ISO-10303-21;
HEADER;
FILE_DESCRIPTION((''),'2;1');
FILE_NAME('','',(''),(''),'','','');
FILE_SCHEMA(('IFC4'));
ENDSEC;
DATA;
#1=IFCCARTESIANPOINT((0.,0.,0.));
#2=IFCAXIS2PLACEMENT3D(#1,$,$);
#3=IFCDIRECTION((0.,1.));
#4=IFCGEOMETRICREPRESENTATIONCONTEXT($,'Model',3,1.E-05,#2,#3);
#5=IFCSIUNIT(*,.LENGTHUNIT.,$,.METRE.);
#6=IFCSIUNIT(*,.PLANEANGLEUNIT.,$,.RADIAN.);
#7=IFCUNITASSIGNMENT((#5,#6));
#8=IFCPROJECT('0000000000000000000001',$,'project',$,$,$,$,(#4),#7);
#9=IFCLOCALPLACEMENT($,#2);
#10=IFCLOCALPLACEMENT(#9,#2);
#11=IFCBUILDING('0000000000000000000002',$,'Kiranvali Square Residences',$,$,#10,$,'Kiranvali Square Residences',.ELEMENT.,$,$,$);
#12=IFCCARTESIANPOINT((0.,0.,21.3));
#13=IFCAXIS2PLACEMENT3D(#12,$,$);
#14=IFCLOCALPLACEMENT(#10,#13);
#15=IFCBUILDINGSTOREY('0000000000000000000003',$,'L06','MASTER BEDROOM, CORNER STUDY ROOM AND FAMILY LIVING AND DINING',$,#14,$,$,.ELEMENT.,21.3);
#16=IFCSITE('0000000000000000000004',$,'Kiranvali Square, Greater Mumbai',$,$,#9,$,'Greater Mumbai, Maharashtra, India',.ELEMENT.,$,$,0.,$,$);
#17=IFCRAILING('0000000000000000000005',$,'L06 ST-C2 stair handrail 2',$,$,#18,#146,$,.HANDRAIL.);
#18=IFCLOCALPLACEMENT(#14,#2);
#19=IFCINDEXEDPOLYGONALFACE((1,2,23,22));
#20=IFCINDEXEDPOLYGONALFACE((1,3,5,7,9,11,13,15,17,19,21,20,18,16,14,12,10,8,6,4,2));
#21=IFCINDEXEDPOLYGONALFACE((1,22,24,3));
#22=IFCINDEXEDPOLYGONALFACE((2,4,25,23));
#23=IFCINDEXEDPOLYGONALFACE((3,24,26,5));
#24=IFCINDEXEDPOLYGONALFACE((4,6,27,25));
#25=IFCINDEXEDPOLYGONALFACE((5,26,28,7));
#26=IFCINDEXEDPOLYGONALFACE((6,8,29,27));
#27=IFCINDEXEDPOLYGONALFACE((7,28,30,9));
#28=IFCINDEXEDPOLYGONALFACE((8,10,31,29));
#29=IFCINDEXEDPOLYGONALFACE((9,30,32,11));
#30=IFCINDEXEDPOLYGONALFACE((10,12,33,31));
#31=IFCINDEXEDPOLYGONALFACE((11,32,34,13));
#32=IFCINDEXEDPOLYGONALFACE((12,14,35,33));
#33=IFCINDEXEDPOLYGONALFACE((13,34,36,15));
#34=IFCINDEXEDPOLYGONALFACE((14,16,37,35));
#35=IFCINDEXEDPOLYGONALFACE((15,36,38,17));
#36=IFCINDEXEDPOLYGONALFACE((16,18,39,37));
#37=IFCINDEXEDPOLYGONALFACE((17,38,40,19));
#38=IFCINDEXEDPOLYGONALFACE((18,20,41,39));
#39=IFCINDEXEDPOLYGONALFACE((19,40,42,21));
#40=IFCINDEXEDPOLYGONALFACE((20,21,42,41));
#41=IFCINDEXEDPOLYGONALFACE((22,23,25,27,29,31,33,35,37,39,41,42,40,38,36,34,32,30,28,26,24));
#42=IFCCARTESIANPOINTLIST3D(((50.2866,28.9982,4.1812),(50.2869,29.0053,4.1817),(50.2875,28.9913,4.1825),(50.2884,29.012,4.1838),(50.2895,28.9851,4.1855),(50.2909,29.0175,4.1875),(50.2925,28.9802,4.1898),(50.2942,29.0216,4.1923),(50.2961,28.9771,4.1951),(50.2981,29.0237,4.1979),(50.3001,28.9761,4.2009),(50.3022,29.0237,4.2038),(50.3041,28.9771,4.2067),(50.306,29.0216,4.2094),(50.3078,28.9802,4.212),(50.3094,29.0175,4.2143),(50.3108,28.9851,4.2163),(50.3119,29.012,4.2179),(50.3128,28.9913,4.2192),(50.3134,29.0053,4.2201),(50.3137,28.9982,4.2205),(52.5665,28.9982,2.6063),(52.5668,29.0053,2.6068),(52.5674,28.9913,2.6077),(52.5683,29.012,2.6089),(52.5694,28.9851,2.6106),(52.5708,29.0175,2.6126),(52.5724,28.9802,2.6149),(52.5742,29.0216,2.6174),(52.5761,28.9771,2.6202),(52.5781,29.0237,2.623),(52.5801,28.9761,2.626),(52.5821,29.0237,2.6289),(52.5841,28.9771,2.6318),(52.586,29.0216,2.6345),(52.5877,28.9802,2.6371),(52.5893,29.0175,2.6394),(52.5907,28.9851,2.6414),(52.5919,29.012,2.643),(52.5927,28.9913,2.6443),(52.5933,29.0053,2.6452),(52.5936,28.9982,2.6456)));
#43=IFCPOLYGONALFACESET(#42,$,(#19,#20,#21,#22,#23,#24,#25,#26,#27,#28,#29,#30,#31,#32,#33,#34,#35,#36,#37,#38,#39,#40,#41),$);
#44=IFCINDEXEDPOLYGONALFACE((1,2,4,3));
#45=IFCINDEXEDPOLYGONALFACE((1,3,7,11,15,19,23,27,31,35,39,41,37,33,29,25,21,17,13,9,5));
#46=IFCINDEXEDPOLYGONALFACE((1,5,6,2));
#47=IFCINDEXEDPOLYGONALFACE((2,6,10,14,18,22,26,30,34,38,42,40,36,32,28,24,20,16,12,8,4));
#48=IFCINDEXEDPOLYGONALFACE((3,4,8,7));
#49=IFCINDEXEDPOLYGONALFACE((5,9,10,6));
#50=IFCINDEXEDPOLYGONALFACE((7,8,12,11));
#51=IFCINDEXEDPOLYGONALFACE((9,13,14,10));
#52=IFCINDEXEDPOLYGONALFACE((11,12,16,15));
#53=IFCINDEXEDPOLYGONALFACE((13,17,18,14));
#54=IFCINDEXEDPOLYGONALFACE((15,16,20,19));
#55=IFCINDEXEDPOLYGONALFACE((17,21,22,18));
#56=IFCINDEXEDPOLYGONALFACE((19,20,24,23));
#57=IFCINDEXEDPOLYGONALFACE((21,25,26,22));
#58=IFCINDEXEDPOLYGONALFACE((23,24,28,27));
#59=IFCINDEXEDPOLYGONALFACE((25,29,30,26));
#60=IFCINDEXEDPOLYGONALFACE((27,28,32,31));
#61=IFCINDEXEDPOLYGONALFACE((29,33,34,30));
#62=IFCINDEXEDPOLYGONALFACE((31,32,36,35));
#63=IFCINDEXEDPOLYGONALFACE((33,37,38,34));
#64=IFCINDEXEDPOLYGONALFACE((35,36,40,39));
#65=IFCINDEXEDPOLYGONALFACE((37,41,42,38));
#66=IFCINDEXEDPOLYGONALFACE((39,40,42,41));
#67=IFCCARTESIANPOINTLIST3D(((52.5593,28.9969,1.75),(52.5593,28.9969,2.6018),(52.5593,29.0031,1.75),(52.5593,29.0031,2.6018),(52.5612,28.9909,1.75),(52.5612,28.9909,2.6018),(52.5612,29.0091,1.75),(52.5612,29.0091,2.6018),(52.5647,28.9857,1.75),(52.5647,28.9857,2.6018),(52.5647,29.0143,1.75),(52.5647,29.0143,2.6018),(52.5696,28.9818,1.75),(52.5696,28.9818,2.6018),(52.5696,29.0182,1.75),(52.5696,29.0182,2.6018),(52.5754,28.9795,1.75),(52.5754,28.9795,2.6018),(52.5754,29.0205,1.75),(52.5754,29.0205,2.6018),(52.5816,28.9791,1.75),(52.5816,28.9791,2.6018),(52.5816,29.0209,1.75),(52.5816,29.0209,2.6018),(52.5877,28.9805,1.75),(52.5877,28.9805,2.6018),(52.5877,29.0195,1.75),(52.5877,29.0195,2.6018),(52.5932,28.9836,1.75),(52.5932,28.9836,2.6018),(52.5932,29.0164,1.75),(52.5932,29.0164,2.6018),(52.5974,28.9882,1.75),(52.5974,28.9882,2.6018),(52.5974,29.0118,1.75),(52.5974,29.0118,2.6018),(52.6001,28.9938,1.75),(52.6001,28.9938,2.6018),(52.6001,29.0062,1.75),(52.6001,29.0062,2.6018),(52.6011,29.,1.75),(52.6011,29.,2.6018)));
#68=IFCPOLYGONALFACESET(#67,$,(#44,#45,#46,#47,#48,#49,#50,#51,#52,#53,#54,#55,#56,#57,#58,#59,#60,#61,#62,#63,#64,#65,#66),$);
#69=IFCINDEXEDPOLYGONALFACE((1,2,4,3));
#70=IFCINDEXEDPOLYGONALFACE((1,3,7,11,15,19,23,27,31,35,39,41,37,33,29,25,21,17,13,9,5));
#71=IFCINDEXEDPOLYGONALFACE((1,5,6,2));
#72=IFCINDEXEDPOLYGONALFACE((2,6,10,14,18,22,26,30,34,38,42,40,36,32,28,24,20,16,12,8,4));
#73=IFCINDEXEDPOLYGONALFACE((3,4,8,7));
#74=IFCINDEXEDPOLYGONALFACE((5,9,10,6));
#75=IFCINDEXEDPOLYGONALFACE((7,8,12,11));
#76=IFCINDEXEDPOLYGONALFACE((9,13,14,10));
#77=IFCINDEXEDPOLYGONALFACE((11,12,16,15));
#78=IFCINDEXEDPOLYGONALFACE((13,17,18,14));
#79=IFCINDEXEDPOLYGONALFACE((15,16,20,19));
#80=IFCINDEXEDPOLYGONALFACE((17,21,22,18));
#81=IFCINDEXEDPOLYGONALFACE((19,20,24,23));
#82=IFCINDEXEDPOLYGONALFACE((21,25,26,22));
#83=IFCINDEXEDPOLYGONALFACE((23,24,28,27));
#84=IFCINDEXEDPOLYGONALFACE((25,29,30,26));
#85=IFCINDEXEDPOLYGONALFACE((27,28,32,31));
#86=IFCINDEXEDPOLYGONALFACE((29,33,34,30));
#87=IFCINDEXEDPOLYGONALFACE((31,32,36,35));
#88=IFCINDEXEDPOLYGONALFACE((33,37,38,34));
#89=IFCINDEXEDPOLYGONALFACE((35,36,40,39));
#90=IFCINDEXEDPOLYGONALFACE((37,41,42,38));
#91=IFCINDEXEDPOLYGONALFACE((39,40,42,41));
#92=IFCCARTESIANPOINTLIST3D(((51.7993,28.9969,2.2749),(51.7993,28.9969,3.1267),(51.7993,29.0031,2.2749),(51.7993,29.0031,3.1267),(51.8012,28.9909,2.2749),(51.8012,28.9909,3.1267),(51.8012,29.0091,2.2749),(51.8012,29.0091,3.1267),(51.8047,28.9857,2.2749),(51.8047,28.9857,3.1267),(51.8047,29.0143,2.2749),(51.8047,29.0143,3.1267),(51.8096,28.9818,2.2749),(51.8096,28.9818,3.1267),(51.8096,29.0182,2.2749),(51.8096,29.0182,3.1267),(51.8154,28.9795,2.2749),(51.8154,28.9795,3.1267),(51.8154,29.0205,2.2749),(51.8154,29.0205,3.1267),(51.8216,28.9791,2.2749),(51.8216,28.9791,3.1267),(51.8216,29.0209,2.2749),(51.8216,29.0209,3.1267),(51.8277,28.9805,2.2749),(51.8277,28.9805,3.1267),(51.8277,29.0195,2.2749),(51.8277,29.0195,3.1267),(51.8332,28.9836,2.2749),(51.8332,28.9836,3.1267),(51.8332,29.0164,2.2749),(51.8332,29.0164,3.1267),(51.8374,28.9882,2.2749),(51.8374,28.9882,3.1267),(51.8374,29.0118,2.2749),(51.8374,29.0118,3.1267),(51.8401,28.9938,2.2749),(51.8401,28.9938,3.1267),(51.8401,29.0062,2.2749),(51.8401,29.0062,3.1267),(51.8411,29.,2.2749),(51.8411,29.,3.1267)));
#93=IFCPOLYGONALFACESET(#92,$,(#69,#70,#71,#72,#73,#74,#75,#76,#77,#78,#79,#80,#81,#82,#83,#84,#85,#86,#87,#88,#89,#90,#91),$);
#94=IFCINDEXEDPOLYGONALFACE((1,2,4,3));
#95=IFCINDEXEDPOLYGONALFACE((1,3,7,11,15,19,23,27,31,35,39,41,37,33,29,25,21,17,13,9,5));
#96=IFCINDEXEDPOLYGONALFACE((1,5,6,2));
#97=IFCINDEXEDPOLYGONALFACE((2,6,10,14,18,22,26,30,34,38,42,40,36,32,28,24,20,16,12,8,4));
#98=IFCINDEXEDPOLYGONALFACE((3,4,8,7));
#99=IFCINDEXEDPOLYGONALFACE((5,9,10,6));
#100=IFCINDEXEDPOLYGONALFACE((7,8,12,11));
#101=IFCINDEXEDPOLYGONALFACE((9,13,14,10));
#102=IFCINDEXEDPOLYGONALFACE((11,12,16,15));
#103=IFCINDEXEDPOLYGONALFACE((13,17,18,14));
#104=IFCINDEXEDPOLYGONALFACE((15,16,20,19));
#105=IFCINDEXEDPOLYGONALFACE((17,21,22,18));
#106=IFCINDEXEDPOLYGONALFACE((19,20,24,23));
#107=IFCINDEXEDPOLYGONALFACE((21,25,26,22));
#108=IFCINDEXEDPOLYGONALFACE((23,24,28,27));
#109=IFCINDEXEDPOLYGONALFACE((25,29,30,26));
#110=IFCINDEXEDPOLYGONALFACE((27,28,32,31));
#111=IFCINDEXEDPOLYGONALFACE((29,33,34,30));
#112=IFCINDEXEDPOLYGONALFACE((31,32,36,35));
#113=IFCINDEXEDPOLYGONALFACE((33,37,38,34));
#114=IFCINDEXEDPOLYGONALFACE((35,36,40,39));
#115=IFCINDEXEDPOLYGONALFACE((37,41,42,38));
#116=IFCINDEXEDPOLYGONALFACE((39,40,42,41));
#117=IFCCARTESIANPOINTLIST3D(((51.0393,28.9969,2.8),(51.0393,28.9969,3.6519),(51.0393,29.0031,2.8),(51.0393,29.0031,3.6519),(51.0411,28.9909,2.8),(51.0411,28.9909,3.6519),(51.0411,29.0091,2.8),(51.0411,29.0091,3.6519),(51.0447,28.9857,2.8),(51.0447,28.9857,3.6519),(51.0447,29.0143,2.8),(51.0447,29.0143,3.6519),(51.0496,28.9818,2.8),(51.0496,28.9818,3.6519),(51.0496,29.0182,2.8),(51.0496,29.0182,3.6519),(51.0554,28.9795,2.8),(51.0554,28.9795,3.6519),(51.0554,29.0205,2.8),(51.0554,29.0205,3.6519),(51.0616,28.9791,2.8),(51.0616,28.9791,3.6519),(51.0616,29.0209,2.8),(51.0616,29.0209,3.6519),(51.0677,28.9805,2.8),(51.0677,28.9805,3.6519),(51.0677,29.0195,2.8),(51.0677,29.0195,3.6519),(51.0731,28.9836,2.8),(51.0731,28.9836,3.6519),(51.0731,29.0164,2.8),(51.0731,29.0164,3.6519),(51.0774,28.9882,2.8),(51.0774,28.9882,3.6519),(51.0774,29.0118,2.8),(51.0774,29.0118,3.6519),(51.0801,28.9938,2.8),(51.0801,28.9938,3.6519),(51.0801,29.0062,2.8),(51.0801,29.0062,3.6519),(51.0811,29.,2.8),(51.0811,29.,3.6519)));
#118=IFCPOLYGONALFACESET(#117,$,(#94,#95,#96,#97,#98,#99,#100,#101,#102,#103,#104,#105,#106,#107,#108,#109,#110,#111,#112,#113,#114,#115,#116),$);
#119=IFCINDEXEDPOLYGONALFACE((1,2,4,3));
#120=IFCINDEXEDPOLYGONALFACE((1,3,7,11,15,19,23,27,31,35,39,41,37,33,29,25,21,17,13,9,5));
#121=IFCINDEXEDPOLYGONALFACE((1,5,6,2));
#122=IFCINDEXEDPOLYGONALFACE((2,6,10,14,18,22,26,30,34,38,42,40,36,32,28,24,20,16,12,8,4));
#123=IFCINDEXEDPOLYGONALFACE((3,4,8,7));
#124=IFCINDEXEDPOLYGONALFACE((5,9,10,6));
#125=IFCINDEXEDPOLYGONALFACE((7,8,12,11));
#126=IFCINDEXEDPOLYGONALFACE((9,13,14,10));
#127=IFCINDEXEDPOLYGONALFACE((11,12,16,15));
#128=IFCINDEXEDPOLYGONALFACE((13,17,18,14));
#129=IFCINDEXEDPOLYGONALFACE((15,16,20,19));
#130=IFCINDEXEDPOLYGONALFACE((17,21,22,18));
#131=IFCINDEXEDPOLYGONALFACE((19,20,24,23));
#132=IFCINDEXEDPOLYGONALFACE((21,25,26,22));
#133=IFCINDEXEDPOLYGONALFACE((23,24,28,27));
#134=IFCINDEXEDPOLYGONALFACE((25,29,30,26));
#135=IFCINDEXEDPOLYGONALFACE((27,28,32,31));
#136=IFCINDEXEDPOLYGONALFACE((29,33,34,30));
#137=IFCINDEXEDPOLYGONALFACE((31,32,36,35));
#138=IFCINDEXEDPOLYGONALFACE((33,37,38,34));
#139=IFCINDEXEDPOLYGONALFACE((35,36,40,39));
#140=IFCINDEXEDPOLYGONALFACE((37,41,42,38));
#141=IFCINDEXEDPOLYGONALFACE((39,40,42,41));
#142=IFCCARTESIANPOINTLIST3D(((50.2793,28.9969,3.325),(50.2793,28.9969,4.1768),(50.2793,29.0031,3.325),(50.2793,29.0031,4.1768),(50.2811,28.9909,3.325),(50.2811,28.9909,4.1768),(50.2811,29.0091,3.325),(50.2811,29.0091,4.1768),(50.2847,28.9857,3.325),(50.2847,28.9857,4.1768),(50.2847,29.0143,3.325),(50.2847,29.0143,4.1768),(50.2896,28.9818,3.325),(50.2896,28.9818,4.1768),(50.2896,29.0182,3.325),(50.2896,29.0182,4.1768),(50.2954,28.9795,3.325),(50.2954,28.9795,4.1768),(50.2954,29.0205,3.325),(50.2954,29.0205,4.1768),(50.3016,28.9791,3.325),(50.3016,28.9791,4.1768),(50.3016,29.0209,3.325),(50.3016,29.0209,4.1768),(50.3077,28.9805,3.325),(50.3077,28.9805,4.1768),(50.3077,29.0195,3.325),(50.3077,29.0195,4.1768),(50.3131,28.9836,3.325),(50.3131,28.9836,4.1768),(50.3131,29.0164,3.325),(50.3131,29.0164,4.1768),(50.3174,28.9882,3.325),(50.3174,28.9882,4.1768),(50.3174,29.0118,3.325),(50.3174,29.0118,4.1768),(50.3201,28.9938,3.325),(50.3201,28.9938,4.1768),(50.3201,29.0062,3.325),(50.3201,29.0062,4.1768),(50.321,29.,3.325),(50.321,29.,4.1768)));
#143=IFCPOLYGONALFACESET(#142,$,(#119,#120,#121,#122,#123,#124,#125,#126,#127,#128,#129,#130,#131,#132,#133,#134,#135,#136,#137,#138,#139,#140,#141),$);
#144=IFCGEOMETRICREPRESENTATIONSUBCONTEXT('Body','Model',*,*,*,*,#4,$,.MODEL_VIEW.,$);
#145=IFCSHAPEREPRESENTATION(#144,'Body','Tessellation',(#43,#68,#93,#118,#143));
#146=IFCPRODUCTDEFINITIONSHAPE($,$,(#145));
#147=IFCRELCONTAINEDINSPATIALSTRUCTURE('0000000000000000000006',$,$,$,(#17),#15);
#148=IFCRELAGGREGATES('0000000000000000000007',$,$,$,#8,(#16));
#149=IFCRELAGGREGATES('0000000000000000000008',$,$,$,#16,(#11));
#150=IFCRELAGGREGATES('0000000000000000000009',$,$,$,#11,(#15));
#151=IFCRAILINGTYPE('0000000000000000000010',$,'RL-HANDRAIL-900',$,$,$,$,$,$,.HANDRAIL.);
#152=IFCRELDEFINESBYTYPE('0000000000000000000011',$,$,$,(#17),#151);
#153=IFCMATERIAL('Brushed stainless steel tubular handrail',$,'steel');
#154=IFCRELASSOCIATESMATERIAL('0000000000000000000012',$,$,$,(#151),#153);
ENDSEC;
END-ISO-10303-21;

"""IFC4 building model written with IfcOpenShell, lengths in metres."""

from ifc_helpers import new_model, si_unit, direction, frame, origin, origin_2d, place, context, subcontext, project, spatial, circle, extrude, material, type_object, element, save


model = new_model("IFC4")

# Units and contexts
model_context = context("Model", 3, precision=1e-05, world=origin(), true_north=direction((0.0, 1.0)))
body_context = subcontext(model_context, "Body", "Model", "MODEL_VIEW")
ifc_project = project(units=[si_unit("LENGTHUNIT", "METRE"), si_unit("PLANEANGLEUNIT", "RADIAN")], contexts=[model_context])

# Site, building, storey
site_placement = place(None, origin())
site = spatial("IfcSite", under=ifc_project, at=site_placement, Name="Kiranvali Square, Greater Mumbai", LongName="Greater Mumbai, Maharashtra, India", CompositionType="ELEMENT", RefElevation=0.0)
building_placement = place(site_placement, origin())
building = spatial("IfcBuilding", under=site, at=building_placement, Name="Kiranvali Square Residences", LongName="Kiranvali Square Residences", CompositionType="ELEMENT")
storey_placement = place(building_placement, frame((0.0, 0.0, 21.3)))
storey = spatial("IfcBuildingStorey", under=building, at=storey_placement, Name="L06", Description="MASTER BEDROOM, CORNER STUDY ROOM AND FAMILY LIVING AND DINING", CompositionType="ELEMENT", Elevation=21.3)

# Railing
ifc_material_1 = material(Name="Brushed stainless steel tubular handrail", Category="steel")
railing_type_1 = type_object("IfcRailingType", Name="RL-HANDRAIL-900", PredefinedType="HANDRAIL", material=ifc_material_1)
railing_1_placement = place(storey_placement, frame((52.5801, 29.0, 1.75)))
element("IfcRailing", 1, at=railing_1_placement, inside=storey, type_object=railing_type_1, Name="L06 ST-C2 stair handrail 2", PredefinedType="HANDRAIL", context=body_context, shape_type="SweptSolid", body=[
    extrude(circle(Radius=0.0239, at=origin_2d()), frame((0.0, 0.0, 0.876), z_axis=(-0.822788, 0.0, 0.568348), x_axis=(0.0, -1.0, 0.0)), (0.0, 0.0, 1.0), 2.771),
    extrude(circle(Radius=0.021, at=origin_2d()), origin(), (0.0, 0.0, 1.0), 0.8518),
    extrude(circle(Radius=0.021, at=origin_2d()), frame((-0.76, 0.0, 0.5249)), (0.0, 0.0, 1.0), 0.8518),
    extrude(circle(Radius=0.021, at=origin_2d()), frame((-1.52, 0.0, 1.05)), (0.0, 0.0, 1.0), 0.8518),
    extrude(circle(Radius=0.021, at=origin_2d()), frame((-2.28, 0.0, 1.575)), (0.0, 0.0, 1.0), 0.8518),
])

save(model, "model.ifc")
